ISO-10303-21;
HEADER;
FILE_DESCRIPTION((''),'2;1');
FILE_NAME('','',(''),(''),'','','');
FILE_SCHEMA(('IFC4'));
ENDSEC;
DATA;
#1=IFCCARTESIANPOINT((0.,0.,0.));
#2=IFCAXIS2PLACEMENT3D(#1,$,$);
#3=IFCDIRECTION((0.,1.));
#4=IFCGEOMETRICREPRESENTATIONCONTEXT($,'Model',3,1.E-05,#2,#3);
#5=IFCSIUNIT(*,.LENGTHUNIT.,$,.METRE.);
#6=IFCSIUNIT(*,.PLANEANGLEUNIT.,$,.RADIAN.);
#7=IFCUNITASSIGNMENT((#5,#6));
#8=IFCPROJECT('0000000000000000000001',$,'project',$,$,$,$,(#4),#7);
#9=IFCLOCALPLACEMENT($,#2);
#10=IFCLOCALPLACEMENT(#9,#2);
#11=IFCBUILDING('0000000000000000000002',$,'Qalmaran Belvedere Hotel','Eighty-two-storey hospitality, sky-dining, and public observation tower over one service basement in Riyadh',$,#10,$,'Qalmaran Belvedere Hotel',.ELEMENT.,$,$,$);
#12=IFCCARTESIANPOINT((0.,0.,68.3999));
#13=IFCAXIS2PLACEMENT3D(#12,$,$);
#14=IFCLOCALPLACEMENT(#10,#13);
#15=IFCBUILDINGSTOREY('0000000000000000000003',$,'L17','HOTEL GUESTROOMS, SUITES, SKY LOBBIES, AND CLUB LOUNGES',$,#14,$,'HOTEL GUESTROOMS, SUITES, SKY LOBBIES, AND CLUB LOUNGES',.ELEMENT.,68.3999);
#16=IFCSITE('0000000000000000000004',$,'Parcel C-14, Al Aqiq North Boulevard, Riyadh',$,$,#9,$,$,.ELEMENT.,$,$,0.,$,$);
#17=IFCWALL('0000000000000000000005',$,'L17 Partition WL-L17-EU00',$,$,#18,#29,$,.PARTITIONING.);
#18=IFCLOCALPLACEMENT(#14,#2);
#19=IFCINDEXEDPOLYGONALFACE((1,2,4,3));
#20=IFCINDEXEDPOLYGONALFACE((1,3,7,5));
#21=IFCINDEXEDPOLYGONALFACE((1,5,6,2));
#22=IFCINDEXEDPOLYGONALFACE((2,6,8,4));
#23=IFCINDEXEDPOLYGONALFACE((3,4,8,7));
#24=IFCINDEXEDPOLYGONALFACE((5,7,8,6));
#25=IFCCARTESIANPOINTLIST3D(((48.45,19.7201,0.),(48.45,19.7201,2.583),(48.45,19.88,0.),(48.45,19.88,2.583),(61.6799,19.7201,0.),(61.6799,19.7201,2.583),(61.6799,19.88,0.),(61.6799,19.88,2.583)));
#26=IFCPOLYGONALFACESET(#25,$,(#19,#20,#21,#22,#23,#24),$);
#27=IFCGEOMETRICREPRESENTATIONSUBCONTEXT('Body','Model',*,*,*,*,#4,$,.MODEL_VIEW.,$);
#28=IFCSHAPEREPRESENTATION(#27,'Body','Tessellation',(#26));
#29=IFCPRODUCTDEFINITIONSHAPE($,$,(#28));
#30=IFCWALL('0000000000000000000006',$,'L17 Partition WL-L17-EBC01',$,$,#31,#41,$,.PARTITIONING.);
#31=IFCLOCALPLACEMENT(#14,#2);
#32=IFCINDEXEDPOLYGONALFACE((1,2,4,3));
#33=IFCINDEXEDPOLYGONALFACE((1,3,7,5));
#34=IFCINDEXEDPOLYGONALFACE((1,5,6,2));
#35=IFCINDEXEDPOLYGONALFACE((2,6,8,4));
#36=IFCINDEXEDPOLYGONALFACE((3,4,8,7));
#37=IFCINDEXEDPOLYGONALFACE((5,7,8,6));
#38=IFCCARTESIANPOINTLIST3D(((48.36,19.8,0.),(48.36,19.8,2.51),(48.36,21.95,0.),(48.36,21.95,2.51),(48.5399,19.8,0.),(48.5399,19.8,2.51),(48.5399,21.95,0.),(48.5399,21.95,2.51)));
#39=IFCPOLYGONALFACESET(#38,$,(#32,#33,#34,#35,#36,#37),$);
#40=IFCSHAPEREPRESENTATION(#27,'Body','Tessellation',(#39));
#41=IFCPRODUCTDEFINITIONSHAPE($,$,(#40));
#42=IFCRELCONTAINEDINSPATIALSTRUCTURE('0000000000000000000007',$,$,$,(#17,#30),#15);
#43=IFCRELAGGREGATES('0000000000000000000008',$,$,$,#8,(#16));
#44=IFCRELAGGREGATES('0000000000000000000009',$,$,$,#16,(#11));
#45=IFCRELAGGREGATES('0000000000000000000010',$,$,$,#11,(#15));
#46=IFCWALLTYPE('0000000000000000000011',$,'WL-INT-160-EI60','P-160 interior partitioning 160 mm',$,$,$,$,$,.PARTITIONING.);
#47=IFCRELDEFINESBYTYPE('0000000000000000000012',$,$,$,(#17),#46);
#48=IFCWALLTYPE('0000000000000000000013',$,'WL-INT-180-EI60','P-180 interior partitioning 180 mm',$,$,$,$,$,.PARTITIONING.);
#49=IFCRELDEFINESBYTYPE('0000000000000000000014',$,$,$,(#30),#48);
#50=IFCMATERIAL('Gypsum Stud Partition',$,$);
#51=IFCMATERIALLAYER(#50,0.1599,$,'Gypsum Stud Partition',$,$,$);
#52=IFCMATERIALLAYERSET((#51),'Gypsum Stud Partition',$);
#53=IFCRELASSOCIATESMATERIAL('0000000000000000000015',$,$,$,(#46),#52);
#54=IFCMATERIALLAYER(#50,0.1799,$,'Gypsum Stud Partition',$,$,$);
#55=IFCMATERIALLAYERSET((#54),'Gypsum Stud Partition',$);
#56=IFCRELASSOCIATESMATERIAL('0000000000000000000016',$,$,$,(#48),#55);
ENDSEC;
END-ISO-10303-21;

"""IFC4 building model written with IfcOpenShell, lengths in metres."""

from ifc_helpers import new_model, si_unit, direction, frame, frame_2d, origin, place, context, subcontext, project, spatial, rectangle, extrude, material, layer, layer_set, type_object, element, save


model = new_model("IFC4")

# Units and contexts
model_context = context("Model", 3, precision=1e-05, world=origin(), true_north=direction((0.0, 1.0)))
body_context = subcontext(model_context, "Body", "Model", "MODEL_VIEW")
ifc_project = project(units=[si_unit("LENGTHUNIT", "METRE"), si_unit("PLANEANGLEUNIT", "RADIAN")], contexts=[model_context])

# Site, building, storey
site_placement = place(None, origin())
site = spatial("IfcSite", under=ifc_project, at=site_placement, Name="Parcel C-14, Al Aqiq North Boulevard, Riyadh", CompositionType="ELEMENT", RefElevation=0.0)
building_placement = place(site_placement, origin())
building = spatial("IfcBuilding", under=site, at=building_placement, Name="Qalmaran Belvedere Hotel", Description="Eighty-two-storey hospitality, sky-dining, and public observation tower over one service basement in Riyadh", LongName="Qalmaran Belvedere Hotel", CompositionType="ELEMENT")
storey_placement = place(building_placement, frame((0.0, 0.0, 68.3999)))
storey = spatial("IfcBuildingStorey", under=building, at=storey_placement, Name="L17", Description="HOTEL GUESTROOMS, SUITES, SKY LOBBIES, AND CLUB LOUNGES", LongName="HOTEL GUESTROOMS, SUITES, SKY LOBBIES, AND CLUB LOUNGES", CompositionType="ELEMENT", Elevation=68.3999)

# Walls
ifc_material_1 = material(Name="Gypsum Stud Partition")
ifc_layer_1 = layer(ifc_material_1, 0.1599, Name="Gypsum Stud Partition")
ifc_layer_set_1 = layer_set([ifc_layer_1], Name="Gypsum Stud Partition")
wall_type_1 = type_object("IfcWallType", Name="WL-INT-160-EI60", Description="P-160 interior partitioning 160 mm", PredefinedType="PARTITIONING", material=ifc_layer_set_1)
wall_1_placement = place(storey_placement, frame((48.45, 19.8, 0.0), z_axis=(0.0, 0.0, 1.0), x_axis=(1.0, 0.0, 0.0)))
element("IfcWall", 1, at=wall_1_placement, inside=storey, type_object=wall_type_1, Name="L17 Partition WL-L17-EU00", PredefinedType="PARTITIONING", context=body_context, shape_type="SweptSolid", body=[
    extrude(rectangle(XDim=13.23, YDim=0.1599, at=frame_2d((6.615, 0.0))), origin(), (0.0, 0.0, 1.0), 2.583),
])
ifc_layer_2 = layer(ifc_material_1, 0.1799, Name="Gypsum Stud Partition")
ifc_layer_set_2 = layer_set([ifc_layer_2], Name="Gypsum Stud Partition")
wall_type_2 = type_object("IfcWallType", Name="WL-INT-180-EI60", Description="P-180 interior partitioning 180 mm", PredefinedType="PARTITIONING", material=ifc_layer_set_2)
wall_2_placement = place(storey_placement, frame((48.45, 19.8, 0.0), z_axis=(0.0, 0.0, 1.0), x_axis=(0.0, 1.0, 0.0)))
element("IfcWall", 2, at=wall_2_placement, inside=storey, type_object=wall_type_2, Name="L17 Partition WL-L17-EBC01", PredefinedType="PARTITIONING", context=body_context, shape_type="SweptSolid", body=[
    extrude(rectangle(XDim=2.1499, YDim=0.1799, at=frame_2d((1.075, 0.0))), origin(), (0.0, 0.0, 1.0), 2.51),
])

save(model, "model.ifc")
